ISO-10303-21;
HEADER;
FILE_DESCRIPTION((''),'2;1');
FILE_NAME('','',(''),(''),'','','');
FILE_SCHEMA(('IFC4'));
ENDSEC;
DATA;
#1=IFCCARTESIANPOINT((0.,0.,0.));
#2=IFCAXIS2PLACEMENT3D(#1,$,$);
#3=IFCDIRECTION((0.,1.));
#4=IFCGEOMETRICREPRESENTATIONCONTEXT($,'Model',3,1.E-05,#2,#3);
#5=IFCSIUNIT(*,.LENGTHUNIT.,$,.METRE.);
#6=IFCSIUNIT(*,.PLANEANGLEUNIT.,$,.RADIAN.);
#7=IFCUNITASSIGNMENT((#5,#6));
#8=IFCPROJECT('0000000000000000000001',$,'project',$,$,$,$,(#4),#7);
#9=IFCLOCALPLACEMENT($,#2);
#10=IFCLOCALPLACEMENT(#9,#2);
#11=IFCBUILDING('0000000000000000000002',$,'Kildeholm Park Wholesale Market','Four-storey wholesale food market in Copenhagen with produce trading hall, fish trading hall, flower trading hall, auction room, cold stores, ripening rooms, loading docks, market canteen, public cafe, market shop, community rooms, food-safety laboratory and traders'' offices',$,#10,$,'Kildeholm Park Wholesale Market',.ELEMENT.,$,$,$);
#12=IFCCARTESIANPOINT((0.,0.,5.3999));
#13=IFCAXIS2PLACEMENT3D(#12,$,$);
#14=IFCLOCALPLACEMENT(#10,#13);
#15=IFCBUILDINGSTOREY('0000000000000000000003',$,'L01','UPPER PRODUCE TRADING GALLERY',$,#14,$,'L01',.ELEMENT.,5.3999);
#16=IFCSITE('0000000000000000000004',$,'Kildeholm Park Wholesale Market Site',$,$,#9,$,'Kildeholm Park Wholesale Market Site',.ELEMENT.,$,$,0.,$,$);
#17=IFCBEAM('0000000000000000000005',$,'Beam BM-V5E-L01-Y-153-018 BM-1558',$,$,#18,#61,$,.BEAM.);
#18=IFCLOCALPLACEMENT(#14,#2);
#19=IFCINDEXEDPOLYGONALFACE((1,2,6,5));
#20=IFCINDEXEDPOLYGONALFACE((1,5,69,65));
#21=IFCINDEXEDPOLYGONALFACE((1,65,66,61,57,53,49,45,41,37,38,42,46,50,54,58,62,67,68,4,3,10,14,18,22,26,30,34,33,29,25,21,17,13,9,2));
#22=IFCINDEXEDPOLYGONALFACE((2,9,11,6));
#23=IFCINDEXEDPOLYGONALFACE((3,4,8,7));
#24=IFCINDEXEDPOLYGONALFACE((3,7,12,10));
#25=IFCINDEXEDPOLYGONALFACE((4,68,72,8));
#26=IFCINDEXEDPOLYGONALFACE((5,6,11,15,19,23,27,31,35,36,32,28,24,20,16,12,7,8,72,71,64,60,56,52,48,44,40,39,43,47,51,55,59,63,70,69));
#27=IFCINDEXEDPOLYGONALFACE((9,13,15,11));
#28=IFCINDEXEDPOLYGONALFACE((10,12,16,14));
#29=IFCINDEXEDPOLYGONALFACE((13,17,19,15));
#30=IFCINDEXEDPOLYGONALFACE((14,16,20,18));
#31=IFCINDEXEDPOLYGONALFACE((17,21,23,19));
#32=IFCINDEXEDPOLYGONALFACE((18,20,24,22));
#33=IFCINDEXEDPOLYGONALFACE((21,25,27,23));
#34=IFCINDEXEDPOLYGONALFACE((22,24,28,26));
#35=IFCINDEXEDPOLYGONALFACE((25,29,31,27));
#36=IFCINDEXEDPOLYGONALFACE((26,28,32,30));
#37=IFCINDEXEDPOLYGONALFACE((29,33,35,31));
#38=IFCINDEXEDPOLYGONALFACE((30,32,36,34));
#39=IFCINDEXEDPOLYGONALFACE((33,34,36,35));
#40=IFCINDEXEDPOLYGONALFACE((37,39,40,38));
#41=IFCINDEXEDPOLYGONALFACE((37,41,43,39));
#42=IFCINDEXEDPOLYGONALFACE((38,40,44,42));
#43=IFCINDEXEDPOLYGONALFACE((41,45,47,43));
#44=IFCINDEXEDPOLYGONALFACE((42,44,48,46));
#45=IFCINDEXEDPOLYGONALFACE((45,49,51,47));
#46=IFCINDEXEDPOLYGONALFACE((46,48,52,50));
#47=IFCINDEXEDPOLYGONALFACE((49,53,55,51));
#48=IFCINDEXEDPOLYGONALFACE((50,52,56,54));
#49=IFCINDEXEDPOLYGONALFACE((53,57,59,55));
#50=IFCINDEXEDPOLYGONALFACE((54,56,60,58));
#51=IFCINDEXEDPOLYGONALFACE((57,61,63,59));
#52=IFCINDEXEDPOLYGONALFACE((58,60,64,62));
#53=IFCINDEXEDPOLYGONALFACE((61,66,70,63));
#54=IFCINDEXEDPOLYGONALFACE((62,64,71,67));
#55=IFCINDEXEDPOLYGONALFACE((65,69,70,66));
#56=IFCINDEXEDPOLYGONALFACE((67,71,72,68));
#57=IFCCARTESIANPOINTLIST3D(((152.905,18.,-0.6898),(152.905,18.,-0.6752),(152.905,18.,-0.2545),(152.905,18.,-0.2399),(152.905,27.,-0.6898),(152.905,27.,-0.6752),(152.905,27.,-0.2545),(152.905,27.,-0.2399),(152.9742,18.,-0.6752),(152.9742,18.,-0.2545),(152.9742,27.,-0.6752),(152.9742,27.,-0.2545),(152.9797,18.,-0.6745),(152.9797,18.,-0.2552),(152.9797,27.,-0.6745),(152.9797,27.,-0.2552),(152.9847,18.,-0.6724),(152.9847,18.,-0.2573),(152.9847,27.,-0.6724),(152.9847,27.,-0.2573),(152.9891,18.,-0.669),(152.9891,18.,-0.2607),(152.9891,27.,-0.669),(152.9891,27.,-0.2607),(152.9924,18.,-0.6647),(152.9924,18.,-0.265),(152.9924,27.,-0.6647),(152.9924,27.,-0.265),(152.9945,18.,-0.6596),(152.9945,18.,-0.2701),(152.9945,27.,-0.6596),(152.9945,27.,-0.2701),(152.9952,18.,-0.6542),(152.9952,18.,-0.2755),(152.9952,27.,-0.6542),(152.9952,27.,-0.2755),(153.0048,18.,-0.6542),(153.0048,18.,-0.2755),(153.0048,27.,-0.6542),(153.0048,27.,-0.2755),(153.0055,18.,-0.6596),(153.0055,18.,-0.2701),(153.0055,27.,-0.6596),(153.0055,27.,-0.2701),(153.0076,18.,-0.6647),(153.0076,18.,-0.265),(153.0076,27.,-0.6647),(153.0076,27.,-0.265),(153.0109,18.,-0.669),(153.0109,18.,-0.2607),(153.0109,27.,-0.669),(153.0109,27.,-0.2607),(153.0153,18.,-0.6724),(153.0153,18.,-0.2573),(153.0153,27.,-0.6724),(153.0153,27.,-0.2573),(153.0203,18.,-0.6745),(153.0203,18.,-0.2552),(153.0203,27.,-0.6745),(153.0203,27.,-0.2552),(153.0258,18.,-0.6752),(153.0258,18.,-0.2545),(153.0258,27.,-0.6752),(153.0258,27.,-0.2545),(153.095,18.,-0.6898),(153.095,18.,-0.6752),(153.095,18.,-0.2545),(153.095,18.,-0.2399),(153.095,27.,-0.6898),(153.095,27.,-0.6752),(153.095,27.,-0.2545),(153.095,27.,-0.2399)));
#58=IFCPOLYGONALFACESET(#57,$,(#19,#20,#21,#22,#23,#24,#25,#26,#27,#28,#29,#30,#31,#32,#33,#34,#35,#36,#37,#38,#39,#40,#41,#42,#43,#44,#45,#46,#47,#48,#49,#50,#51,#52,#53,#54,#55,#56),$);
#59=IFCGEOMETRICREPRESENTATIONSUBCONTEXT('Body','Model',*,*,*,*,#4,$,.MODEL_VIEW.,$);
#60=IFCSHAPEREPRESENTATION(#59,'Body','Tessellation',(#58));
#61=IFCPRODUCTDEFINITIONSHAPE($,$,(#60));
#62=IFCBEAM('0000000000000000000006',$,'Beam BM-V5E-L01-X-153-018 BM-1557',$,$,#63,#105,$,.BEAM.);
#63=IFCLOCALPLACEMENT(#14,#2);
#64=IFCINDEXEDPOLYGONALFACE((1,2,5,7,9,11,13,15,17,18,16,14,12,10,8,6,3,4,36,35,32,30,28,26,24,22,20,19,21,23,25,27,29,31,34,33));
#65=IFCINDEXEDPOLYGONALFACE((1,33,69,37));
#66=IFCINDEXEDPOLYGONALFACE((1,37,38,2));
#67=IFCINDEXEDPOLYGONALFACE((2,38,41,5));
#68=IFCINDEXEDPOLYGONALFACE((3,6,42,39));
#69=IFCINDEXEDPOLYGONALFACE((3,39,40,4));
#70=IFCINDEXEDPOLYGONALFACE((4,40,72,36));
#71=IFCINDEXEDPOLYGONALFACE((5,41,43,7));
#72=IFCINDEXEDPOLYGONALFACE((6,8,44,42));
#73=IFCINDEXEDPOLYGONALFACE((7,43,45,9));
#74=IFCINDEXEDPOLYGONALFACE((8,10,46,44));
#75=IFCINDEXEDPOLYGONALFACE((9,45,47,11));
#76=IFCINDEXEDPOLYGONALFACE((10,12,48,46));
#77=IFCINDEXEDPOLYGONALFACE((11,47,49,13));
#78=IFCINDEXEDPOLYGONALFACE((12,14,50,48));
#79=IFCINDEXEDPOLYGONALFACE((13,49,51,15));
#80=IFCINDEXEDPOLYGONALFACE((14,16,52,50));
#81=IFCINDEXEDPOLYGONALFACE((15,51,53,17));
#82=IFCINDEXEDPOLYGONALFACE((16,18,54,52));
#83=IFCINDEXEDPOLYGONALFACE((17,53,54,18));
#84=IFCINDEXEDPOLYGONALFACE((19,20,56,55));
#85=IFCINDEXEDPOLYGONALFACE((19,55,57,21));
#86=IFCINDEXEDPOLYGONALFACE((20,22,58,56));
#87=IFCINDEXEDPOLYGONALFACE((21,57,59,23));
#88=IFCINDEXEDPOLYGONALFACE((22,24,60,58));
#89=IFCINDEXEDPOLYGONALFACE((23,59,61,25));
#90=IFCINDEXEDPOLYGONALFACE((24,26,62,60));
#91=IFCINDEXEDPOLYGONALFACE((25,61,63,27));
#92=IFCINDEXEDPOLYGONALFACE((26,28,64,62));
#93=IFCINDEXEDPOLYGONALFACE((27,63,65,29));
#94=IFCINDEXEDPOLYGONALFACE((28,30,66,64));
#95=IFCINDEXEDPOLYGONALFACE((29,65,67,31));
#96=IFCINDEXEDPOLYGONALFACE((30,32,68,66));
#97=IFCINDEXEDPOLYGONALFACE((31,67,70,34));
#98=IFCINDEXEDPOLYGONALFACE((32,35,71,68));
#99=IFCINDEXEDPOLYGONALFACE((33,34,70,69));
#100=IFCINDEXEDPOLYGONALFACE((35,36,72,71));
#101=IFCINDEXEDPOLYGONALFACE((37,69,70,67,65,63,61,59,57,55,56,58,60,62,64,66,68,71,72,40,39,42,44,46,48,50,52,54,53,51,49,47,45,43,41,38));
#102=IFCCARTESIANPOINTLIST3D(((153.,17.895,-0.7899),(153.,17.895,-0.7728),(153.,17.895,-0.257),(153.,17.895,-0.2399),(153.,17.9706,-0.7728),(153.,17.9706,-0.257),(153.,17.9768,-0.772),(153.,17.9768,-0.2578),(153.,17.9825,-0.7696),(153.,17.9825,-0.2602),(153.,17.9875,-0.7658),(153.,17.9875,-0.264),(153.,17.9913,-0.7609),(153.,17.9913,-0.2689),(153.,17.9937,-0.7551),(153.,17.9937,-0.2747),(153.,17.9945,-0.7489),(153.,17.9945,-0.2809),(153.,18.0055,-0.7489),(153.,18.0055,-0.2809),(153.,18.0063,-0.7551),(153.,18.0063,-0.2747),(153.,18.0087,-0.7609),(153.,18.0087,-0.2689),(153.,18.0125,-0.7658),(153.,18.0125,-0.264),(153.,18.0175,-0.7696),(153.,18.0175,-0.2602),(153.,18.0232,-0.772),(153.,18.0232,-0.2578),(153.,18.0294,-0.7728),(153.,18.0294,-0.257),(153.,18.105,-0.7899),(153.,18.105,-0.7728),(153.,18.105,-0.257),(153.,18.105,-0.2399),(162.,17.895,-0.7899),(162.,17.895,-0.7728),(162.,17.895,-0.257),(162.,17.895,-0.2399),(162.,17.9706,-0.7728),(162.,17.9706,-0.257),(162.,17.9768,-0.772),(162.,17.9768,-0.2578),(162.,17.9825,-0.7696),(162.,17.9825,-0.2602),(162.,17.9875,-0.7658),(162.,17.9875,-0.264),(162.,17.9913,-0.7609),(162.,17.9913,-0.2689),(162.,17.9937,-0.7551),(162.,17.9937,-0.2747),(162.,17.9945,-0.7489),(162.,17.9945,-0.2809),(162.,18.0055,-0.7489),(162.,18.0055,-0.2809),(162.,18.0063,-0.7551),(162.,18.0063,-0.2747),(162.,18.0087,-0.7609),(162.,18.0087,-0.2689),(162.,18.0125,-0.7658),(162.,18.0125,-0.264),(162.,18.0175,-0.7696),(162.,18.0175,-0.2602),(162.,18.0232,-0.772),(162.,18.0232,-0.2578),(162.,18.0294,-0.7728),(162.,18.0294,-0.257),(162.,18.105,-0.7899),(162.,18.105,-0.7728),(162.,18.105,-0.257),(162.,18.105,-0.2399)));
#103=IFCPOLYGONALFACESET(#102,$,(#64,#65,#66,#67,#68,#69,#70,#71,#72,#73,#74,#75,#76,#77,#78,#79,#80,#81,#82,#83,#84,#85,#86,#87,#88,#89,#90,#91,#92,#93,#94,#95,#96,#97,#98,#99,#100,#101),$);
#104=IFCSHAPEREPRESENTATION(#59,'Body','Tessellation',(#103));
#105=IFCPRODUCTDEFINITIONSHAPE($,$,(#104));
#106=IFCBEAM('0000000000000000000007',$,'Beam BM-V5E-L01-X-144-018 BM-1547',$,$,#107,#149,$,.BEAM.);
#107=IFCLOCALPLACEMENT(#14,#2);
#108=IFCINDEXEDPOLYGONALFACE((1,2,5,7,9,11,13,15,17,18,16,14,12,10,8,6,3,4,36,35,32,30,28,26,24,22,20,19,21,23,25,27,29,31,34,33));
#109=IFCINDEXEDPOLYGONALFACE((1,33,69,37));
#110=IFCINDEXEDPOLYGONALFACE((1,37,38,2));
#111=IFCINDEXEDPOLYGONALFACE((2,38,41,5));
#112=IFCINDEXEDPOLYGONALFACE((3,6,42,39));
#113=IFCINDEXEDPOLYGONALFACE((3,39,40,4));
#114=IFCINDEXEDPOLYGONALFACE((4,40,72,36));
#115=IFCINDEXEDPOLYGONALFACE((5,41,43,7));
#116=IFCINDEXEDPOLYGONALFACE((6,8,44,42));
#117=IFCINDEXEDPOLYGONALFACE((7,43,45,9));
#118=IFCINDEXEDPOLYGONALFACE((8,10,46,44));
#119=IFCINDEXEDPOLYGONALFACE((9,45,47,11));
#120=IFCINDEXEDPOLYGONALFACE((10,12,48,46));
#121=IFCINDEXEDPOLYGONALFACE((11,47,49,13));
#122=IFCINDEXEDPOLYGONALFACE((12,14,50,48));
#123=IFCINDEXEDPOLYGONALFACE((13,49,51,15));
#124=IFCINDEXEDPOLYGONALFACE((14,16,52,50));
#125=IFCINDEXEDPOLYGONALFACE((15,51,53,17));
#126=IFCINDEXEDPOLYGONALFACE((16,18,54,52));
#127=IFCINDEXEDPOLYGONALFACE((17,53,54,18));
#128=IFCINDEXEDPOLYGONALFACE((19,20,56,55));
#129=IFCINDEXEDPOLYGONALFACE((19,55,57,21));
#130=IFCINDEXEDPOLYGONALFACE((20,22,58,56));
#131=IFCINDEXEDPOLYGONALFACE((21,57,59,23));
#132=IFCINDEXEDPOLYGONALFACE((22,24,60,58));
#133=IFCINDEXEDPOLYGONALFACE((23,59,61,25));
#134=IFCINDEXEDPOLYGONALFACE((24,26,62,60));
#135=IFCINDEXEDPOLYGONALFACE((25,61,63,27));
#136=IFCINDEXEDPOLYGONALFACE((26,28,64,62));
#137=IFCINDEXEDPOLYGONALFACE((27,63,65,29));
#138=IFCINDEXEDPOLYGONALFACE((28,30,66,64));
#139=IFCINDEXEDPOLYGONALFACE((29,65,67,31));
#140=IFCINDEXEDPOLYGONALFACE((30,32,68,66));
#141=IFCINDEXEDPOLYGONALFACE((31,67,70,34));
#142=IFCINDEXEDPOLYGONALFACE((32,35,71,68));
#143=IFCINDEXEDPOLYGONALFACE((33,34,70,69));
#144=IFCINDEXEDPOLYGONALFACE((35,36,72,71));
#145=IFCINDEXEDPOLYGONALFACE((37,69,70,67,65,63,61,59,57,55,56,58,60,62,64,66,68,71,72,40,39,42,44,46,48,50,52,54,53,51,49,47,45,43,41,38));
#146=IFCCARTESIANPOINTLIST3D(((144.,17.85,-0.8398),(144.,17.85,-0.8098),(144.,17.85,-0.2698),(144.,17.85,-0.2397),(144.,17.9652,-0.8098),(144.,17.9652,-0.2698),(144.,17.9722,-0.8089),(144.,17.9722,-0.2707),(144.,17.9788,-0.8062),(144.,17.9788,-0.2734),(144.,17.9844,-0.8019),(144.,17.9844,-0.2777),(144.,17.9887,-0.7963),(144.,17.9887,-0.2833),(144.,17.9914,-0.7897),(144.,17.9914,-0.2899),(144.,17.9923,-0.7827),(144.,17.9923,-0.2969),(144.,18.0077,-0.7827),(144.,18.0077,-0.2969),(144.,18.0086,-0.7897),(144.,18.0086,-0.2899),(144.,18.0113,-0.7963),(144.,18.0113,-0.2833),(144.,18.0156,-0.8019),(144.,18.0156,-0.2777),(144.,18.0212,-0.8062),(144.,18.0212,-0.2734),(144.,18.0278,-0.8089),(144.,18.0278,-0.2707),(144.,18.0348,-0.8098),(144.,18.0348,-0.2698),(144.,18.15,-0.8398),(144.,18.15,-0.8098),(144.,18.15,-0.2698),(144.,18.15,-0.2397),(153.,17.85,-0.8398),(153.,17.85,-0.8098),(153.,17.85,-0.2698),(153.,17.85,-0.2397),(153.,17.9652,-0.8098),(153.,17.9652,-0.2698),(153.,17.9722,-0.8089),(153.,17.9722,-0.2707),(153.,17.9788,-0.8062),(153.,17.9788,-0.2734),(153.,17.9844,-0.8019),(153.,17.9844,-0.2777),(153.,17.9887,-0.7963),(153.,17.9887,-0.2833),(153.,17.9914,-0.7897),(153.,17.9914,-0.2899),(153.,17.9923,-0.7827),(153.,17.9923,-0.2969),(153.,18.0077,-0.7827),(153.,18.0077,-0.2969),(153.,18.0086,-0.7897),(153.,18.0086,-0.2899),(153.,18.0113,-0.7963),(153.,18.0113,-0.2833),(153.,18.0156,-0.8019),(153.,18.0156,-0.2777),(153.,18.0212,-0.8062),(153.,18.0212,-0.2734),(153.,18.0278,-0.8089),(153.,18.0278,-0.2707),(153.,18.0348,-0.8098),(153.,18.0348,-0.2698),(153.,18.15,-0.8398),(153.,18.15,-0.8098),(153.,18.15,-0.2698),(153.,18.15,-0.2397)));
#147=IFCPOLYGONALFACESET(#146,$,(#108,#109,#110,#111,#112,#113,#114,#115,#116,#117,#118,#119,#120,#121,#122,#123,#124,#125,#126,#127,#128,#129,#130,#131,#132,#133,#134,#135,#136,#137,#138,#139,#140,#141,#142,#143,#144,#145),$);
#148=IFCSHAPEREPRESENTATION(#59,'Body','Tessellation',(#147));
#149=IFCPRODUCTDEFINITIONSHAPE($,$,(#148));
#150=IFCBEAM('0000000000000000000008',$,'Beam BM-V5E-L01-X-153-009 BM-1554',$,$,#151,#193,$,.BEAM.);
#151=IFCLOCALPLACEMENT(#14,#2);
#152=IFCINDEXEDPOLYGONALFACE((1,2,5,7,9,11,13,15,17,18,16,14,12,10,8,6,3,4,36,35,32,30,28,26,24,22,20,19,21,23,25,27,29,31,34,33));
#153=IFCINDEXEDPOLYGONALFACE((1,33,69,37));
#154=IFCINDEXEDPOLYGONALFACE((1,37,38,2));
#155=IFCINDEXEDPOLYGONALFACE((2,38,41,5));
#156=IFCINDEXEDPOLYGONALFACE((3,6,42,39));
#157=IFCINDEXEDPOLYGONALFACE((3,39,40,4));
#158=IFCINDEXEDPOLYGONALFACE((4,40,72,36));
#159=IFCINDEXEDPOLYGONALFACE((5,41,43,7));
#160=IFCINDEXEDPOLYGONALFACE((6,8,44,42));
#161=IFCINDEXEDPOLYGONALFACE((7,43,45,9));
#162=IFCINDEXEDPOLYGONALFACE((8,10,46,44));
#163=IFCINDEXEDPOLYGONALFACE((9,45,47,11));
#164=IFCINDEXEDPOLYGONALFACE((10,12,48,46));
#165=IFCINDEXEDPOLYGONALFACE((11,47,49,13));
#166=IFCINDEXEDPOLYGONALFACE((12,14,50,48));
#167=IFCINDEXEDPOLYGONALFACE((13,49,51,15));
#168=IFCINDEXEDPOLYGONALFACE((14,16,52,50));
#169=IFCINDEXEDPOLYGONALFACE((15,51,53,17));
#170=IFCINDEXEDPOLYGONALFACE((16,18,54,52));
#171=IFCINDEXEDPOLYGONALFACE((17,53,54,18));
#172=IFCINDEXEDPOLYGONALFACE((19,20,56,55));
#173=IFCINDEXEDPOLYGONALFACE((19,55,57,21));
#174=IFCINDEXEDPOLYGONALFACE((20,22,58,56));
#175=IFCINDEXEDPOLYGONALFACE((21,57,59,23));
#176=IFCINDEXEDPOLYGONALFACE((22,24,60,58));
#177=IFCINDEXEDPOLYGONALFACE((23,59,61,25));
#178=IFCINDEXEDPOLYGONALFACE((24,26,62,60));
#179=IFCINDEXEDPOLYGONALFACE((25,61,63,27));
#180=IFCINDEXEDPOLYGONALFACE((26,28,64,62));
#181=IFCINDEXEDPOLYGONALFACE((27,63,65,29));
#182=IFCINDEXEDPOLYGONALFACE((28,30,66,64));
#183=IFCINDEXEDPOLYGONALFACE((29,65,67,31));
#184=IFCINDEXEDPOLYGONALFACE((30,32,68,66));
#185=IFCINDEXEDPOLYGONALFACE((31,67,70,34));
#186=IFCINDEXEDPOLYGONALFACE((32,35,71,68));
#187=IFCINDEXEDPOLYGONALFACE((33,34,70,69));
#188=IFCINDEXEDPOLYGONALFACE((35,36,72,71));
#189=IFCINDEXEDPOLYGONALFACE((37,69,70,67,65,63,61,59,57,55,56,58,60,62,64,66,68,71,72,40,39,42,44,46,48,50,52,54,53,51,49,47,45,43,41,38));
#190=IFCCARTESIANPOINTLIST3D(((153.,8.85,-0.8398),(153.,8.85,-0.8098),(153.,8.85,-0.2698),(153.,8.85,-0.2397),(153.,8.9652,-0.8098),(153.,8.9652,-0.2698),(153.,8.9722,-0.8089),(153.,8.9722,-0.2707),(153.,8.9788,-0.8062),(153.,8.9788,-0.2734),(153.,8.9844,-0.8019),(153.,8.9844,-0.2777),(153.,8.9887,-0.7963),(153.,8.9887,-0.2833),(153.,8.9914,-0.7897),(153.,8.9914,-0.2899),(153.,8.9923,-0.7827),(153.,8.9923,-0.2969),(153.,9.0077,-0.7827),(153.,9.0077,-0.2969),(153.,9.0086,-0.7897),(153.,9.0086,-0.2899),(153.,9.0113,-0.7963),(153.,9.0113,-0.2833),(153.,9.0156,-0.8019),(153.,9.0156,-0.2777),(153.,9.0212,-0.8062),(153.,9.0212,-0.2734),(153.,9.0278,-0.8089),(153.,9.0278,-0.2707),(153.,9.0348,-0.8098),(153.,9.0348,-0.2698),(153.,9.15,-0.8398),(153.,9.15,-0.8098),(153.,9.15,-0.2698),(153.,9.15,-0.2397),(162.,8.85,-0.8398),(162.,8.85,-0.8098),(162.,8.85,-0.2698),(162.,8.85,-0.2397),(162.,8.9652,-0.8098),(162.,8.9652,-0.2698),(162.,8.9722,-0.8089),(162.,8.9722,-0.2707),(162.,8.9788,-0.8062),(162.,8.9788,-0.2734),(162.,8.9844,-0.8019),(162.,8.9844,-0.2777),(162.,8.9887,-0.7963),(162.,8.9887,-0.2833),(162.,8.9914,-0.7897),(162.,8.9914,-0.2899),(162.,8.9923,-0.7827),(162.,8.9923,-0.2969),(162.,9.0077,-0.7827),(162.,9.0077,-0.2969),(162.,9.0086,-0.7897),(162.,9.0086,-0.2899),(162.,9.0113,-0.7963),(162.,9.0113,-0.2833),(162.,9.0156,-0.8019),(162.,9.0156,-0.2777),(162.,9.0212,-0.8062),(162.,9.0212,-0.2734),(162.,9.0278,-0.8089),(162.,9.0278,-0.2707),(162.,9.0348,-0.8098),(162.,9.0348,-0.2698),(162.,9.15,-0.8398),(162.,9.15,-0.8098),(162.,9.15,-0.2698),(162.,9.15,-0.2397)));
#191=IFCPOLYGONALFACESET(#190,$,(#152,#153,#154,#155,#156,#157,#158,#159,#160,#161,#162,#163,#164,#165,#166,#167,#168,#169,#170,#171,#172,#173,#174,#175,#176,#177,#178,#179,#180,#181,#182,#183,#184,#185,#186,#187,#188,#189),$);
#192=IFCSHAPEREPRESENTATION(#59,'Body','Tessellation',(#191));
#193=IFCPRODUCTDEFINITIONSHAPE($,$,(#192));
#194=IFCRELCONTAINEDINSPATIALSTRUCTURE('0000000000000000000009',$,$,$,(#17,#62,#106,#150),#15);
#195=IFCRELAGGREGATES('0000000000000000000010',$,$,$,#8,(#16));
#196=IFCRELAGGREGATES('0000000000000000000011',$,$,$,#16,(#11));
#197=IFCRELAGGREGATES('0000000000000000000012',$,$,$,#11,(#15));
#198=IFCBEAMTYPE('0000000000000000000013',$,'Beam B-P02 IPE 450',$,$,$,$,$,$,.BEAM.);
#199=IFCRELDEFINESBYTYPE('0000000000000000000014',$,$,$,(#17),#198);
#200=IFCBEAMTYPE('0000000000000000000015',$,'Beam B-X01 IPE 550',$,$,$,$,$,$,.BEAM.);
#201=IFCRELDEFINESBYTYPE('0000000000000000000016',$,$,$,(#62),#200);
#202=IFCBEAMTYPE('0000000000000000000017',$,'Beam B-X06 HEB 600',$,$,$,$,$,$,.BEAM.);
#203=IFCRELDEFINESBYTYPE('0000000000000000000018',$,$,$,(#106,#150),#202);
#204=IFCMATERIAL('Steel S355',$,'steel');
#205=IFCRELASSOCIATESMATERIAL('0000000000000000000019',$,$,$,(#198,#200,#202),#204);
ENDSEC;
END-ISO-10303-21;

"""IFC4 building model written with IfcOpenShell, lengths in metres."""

from ifc_helpers import new_model, si_unit, direction, frame, origin, origin_2d, place, context, subcontext, project, spatial, i_section, extrude, material, material_profile, profile_set, type_object, element, save


model = new_model("IFC4")

# Units and contexts
model_context = context("Model", 3, precision=1e-05, world=origin(), true_north=direction((0.0, 1.0)))
body_context = subcontext(model_context, "Body", "Model", "MODEL_VIEW")
ifc_project = project(units=[si_unit("LENGTHUNIT", "METRE"), si_unit("PLANEANGLEUNIT", "RADIAN")], contexts=[model_context])

# Site, building, storey
site_placement = place(None, origin())
site = spatial("IfcSite", under=ifc_project, at=site_placement, Name="Kildeholm Park Wholesale Market Site", LongName="Kildeholm Park Wholesale Market Site", CompositionType="ELEMENT", RefElevation=0.0)
building_placement = place(site_placement, origin())
building = spatial("IfcBuilding", under=site, at=building_placement, Name="Kildeholm Park Wholesale Market", Description="Four-storey wholesale food market in Copenhagen with produce trading hall, fish trading hall, flower trading hall, auction room, cold stores, ripening rooms, loading docks, market canteen, public cafe, market shop, community rooms, food-safety laboratory and traders' offices", LongName="Kildeholm Park Wholesale Market", CompositionType="ELEMENT")
storey_placement = place(building_placement, frame((0.0, 0.0, 5.3999)))
storey = spatial("IfcBuildingStorey", under=building, at=storey_placement, Name="L01", Description="UPPER PRODUCE TRADING GALLERY", LongName="L01", CompositionType="ELEMENT", Elevation=5.3999)

# Shared definitions
ifc_material_1 = material(Name="Steel S355", Category="steel")

# Beams
ifc_material_profile_1 = material_profile(ifc_material_1, i_section(OverallWidth=0.1899, OverallDepth=0.45, WebThickness=0.0095, FlangeThickness=0.0146, FilletRadius=0.021, at=origin_2d()), Name="IPE 450")
ifc_profile_set_1 = profile_set([ifc_material_profile_1], Name="Steel S355")
beam_type_1 = type_object("IfcBeamType", Name="Beam B-P02 IPE 450", PredefinedType="BEAM", material=ifc_profile_set_1)
for number, where, z_axis, x_axis, name in (
    (1, (153.0, 18.0, -0.4648), (0.0, 1.0, 0.0), (-1.0, 0.0, 0.0), "Beam BM-V5E-L01-Y-153-018 BM-1558"),
):
    element("IfcBeam", number, at=place(storey_placement, frame(where, z_axis=z_axis, x_axis=x_axis)), inside=storey, type_object=beam_type_1, Name=name, PredefinedType="BEAM", context=body_context, shape_type="SweptSolid", body=[
        extrude(i_section(OverallWidth=0.1899, OverallDepth=0.45, WebThickness=0.0095, FlangeThickness=0.0146, FilletRadius=0.021, at=origin_2d()), origin(), (0.0, 0.0, 1.0), 9.0),
    ])
ifc_material_profile_2 = material_profile(ifc_material_1, i_section(OverallWidth=0.21, OverallDepth=0.55, WebThickness=0.011, FlangeThickness=0.0171, FilletRadius=0.0239, at=origin_2d()), Name="IPE 550")
ifc_profile_set_2 = profile_set([ifc_material_profile_2], Name="Steel S355")
beam_type_2 = type_object("IfcBeamType", Name="Beam B-X01 IPE 550", PredefinedType="BEAM", material=ifc_profile_set_2)
beam_placement = place(storey_placement, frame((153.0, 18.0, -0.5149), z_axis=(1.0, 0.0, 0.0), x_axis=(0.0, 1.0, 0.0)))
element("IfcBeam", 2, at=beam_placement, inside=storey, type_object=beam_type_2, Name="Beam BM-V5E-L01-X-153-018 BM-1557", PredefinedType="BEAM", context=body_context, shape_type="SweptSolid", body=[
    extrude(i_section(OverallWidth=0.21, OverallDepth=0.55, WebThickness=0.011, FlangeThickness=0.0171, FilletRadius=0.0239, at=origin_2d()), origin(), (0.0, 0.0, 1.0), 9.0),
])
ifc_material_profile_3 = material_profile(ifc_material_1, i_section(OverallWidth=0.3, OverallDepth=0.6001, WebThickness=0.0154, FlangeThickness=0.03, FilletRadius=0.0271, at=origin_2d()), Name="HEB 600")
ifc_profile_set_3 = profile_set([ifc_material_profile_3], Name="Steel S355")
beam_type_3 = type_object("IfcBeamType", Name="Beam B-X06 HEB 600", PredefinedType="BEAM", material=ifc_profile_set_3)
for number, where, z_axis, x_axis, name in (
    (3, (144.0, 18.0, -0.5398), (1.0, 0.0, 0.0), (0.0, 1.0, 0.0), "Beam BM-V5E-L01-X-144-018 BM-1547"),
    (4, (153.0, 9.0, -0.5398), (1.0, 0.0, 0.0), (0.0, 1.0, 0.0), "Beam BM-V5E-L01-X-153-009 BM-1554"),
):
    element("IfcBeam", number, at=place(storey_placement, frame(where, z_axis=z_axis, x_axis=x_axis)), inside=storey, type_object=beam_type_3, Name=name, PredefinedType="BEAM", context=body_context, shape_type="SweptSolid", body=[
        extrude(i_section(OverallWidth=0.3, OverallDepth=0.6001, WebThickness=0.0154, FlangeThickness=0.03, FilletRadius=0.0271, at=origin_2d()), origin(), (0.0, 0.0, 1.0), 9.0),
    ])

save(model, "model.ifc")
